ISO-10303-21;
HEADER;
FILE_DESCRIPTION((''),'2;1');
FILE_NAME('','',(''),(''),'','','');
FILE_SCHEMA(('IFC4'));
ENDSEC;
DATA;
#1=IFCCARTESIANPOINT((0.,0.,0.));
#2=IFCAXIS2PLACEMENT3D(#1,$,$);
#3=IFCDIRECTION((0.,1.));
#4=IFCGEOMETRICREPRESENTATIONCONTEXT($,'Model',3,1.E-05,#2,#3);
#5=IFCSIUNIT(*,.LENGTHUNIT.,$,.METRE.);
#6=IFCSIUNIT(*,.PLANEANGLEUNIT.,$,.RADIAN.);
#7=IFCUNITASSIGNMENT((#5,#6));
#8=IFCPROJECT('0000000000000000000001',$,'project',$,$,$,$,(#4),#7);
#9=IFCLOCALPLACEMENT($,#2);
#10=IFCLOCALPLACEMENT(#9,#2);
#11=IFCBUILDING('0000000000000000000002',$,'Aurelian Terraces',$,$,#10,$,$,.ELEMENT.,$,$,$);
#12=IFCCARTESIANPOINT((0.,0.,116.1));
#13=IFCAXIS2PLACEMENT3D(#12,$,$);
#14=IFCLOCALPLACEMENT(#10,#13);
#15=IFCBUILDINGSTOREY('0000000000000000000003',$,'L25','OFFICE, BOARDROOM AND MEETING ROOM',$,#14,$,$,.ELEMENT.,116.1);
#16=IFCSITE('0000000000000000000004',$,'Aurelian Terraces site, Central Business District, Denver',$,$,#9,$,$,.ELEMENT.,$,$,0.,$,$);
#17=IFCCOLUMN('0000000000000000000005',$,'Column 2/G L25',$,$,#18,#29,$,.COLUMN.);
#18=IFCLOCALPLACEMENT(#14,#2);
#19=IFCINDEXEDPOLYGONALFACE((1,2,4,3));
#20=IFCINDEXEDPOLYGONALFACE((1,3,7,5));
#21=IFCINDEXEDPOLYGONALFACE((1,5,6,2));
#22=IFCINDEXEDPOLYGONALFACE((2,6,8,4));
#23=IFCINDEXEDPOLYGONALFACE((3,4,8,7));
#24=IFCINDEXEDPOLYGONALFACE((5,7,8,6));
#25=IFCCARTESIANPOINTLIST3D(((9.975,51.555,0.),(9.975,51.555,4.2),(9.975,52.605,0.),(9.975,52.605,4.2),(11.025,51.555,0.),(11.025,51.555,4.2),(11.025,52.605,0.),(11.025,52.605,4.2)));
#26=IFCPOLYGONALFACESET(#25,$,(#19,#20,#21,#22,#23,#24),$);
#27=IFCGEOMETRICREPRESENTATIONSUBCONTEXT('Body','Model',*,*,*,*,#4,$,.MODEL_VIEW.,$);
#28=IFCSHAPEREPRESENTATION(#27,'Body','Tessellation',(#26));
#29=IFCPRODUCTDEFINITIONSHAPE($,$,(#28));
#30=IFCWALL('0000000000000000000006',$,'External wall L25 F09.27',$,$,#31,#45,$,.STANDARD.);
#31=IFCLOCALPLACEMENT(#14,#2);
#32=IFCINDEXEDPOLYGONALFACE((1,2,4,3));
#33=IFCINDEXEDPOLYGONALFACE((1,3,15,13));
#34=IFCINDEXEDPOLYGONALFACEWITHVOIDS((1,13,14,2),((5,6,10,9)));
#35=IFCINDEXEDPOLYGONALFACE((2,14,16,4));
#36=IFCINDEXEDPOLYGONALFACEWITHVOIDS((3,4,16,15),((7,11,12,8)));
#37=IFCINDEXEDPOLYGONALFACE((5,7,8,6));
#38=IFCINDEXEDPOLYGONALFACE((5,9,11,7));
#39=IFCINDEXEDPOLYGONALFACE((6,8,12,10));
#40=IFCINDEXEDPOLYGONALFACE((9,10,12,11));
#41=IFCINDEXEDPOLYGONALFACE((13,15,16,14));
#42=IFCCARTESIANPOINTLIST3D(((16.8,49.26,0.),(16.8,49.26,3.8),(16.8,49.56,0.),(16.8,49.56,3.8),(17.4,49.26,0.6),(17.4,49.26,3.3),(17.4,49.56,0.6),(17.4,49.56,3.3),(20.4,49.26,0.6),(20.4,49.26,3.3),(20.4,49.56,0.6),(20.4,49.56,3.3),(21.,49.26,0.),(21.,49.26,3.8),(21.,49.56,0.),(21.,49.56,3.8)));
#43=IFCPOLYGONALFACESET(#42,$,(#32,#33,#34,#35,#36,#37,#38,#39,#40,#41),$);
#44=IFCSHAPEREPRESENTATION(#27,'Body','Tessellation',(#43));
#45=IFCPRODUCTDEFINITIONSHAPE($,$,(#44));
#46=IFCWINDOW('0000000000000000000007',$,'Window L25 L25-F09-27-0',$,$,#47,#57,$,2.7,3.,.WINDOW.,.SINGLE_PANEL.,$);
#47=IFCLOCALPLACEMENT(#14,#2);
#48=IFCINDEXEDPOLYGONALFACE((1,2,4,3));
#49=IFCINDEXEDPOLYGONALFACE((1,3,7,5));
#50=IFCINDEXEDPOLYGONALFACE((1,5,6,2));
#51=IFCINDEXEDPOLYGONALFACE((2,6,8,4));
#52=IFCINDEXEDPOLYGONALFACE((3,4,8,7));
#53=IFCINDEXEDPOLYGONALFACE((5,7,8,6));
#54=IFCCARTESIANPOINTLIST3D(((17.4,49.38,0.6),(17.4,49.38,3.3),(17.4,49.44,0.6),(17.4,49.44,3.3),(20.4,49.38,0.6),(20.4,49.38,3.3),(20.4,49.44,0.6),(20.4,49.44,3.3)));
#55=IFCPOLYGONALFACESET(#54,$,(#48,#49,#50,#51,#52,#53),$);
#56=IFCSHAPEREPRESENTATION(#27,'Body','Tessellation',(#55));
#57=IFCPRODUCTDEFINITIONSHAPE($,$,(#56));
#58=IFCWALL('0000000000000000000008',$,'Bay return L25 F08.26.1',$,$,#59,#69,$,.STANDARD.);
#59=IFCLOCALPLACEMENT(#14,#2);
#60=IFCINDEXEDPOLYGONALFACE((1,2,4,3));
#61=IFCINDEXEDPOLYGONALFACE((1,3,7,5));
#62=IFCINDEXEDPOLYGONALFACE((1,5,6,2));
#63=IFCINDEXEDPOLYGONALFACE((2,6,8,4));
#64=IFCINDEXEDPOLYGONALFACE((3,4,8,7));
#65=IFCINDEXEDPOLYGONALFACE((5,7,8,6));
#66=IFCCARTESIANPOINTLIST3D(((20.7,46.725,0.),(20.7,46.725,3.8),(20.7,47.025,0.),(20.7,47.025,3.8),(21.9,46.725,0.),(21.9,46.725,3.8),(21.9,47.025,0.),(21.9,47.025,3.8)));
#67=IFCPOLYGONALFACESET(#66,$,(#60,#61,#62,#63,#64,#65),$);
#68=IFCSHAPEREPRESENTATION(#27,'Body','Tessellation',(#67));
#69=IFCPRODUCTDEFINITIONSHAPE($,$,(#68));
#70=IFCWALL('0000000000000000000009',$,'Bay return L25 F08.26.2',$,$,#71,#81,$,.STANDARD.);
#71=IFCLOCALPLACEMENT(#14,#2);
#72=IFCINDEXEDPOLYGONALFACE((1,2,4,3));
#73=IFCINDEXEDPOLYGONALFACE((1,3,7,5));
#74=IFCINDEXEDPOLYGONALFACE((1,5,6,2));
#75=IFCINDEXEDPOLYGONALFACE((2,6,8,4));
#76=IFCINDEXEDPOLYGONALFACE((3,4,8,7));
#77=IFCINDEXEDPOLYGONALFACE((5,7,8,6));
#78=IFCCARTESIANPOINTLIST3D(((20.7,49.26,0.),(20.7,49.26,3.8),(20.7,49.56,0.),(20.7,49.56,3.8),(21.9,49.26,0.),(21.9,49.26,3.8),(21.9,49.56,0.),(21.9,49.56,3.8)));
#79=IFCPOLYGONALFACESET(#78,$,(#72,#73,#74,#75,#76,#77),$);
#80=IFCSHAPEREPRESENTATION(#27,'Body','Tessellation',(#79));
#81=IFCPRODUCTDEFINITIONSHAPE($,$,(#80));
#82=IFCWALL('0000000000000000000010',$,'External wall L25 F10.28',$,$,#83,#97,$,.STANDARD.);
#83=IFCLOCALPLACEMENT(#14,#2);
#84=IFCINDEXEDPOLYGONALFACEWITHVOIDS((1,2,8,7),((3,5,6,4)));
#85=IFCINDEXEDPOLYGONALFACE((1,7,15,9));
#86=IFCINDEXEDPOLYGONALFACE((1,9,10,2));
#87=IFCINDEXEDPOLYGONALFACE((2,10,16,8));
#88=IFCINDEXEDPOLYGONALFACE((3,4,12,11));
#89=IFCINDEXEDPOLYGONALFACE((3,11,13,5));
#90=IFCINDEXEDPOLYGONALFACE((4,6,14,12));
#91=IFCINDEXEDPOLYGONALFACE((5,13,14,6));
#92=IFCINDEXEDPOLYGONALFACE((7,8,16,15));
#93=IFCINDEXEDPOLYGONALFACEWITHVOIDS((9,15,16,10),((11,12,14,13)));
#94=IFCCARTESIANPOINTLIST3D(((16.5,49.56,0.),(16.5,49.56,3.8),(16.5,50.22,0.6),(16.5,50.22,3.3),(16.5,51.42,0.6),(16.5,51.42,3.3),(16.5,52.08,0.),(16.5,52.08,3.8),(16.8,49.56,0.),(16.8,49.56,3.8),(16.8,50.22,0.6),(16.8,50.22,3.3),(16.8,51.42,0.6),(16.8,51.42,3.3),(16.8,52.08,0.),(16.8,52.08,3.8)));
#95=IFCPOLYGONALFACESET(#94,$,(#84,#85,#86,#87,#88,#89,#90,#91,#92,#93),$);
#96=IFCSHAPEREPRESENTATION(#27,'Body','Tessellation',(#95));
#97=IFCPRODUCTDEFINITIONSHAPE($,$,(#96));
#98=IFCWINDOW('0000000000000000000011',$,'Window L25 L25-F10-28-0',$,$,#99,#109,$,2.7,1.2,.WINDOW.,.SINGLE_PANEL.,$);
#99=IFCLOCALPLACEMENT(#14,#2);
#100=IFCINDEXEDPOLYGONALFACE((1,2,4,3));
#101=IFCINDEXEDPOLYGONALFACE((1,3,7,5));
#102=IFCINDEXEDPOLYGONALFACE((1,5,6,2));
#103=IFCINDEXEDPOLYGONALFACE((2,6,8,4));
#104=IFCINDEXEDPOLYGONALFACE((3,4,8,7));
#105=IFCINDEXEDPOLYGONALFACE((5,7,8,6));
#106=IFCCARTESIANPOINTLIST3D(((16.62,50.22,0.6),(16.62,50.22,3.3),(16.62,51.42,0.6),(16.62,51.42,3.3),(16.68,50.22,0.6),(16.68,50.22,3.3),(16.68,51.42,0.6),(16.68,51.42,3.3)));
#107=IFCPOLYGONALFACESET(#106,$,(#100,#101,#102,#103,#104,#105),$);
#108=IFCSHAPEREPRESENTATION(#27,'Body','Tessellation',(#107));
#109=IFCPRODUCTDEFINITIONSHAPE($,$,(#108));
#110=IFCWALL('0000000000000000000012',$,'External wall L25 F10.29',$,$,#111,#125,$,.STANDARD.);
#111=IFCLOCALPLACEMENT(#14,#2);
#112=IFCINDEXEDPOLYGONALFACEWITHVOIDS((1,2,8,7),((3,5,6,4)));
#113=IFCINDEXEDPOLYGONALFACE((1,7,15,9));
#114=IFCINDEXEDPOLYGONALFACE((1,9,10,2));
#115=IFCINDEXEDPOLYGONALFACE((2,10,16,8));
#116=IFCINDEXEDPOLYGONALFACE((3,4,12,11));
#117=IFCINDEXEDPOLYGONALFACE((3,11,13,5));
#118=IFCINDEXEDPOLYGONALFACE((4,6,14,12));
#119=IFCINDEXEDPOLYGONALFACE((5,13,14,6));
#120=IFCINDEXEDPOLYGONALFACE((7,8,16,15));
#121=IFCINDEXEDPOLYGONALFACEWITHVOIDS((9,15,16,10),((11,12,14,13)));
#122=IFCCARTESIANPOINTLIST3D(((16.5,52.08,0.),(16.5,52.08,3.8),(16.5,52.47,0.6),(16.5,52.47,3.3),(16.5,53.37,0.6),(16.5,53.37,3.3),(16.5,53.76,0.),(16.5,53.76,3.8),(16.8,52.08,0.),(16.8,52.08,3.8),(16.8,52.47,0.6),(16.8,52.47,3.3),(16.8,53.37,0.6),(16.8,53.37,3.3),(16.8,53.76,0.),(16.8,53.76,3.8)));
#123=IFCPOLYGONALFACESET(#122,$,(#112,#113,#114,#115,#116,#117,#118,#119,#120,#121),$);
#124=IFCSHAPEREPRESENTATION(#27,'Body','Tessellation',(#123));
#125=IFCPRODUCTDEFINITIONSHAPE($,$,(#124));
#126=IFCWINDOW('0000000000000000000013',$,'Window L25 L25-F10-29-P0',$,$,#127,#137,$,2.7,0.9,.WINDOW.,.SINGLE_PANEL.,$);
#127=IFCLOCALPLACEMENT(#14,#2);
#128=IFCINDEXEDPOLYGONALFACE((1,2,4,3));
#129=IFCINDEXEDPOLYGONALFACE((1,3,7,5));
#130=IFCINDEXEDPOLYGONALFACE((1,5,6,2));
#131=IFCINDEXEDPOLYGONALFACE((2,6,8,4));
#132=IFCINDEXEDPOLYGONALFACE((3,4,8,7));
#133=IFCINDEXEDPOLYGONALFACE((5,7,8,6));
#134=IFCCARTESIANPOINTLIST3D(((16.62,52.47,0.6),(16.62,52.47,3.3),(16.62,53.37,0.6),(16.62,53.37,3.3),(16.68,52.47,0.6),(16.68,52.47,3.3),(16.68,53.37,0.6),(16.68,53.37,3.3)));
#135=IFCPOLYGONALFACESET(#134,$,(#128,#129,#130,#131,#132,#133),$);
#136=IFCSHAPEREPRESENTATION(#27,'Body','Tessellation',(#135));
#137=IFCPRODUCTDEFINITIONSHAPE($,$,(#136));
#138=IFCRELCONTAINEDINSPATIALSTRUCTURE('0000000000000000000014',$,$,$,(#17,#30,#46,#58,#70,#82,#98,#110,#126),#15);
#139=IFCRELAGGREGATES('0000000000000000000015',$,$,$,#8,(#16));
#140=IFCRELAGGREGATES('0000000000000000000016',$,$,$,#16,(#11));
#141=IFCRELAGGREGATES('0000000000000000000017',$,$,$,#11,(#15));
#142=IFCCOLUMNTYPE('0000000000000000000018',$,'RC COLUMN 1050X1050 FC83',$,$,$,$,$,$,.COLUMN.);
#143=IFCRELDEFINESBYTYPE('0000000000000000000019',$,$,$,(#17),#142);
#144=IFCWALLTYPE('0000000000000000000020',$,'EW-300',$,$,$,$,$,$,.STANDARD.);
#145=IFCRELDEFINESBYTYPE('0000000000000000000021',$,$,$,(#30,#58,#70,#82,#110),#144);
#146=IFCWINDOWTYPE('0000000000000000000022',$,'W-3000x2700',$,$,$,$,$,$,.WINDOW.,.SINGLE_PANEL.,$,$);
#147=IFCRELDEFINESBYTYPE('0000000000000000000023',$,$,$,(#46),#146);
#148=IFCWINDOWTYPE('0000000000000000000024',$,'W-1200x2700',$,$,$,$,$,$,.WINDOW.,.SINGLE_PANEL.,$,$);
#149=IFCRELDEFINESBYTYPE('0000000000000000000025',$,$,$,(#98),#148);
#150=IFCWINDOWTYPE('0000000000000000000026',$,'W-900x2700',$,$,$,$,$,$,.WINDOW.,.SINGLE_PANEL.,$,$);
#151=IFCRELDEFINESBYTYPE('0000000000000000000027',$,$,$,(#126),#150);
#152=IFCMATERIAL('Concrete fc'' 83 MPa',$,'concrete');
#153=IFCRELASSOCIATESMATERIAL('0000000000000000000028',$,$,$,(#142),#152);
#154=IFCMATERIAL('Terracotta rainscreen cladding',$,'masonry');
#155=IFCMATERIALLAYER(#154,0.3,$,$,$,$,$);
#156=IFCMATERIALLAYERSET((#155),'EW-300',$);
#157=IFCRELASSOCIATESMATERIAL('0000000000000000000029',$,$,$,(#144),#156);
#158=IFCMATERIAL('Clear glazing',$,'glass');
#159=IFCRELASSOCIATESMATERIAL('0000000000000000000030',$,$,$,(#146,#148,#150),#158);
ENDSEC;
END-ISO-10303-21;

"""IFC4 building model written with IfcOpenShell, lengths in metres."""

from ifc_helpers import new_model, si_unit, direction, frame, frame_2d, origin, origin_2d, place, context, subcontext, project, spatial, rectangle, extrude, source, transform, mapped, material, layer, layer_set, material_profile, profile_set, type_object, element, fill, save


model = new_model("IFC4")

# Units and contexts
model_context = context("Model", 3, precision=1e-05, world=origin(), true_north=direction((0.0, 1.0)))
body_context = subcontext(model_context, "Body", "Model", "MODEL_VIEW")
ifc_project = project(units=[si_unit("LENGTHUNIT", "METRE"), si_unit("PLANEANGLEUNIT", "RADIAN")], contexts=[model_context])

# Site, building, storey
site_placement = place(None, origin())
site = spatial("IfcSite", under=ifc_project, at=site_placement, Name="Aurelian Terraces site, Central Business District, Denver", CompositionType="ELEMENT", RefElevation=0.0)
building_placement = place(site_placement, origin())
building = spatial("IfcBuilding", under=site, at=building_placement, Name="Aurelian Terraces", CompositionType="ELEMENT")
storey_placement = place(building_placement, frame((0.0, 0.0, 116.1)))
storey = spatial("IfcBuildingStorey", under=building, at=storey_placement, Name="L25", Description="OFFICE, BOARDROOM AND MEETING ROOM", CompositionType="ELEMENT", Elevation=116.1)

# Column
ifc_material_1 = material(Name="Concrete fc' 83 MPa", Category="concrete")
ifc_material_profile = material_profile(ifc_material_1, rectangle(XDim=1.05, YDim=1.05, at=origin_2d()))
ifc_profile_set = profile_set([ifc_material_profile], Name="Concrete fc' 83 MPa")
column_type = type_object("IfcColumnType", Name="RC COLUMN 1050X1050 FC83", PredefinedType="COLUMN", material=ifc_profile_set)
shared_shape_1 = source(origin(), body_context, "Body", "SweptSolid", [
    extrude(rectangle(XDim=1.05, YDim=1.05, at=origin_2d()), origin(), (0.0, 0.0, 1.0), 4.2),
])
column_placement = place(storey_placement, frame((10.5, 52.08, 0.0), z_axis=(0.0, 0.0, 1.0), x_axis=(1.0, 0.0, 0.0)))
element("IfcColumn", 1, at=column_placement, inside=storey, type_object=column_type, Name="Column 2/G L25", PredefinedType="COLUMN", context=body_context, shape_type="MappedRepresentation", body=[
    mapped(shared_shape_1, transform((0.0, 0.0, 0.0), scale=1.0)),
])

# Wall, opening, window
ifc_material_2 = material(Name="Terracotta rainscreen cladding", Category="masonry")
ifc_layer_1 = layer(ifc_material_2, 0.3)
ifc_layer_set_1 = layer_set([ifc_layer_1], Name="EW-300")
wall_type_1 = type_object("IfcWallType", Name="EW-300", PredefinedType="STANDARD", material=ifc_layer_set_1)
shared_shape_2 = source(origin(), body_context, "Body", "SweptSolid", [
    extrude(rectangle(XDim=4.2, YDim=0.3, at=frame_2d((2.1, 0.0))), origin(), (0.0, 0.0, 1.0), 3.8),
])
wall_1_placement = place(storey_placement, frame((21.0, 49.41, 0.0), z_axis=(0.0, 0.0, 1.0), x_axis=(-1.0, 0.0, 0.0)))
wall_1 = element("IfcWall", 2, at=wall_1_placement, inside=storey, type_object=wall_type_1, Name="External wall L25 F09.27", PredefinedType="STANDARD", context=body_context, shape_type="MappedRepresentation", body=[
    mapped(shared_shape_2, transform((0.0, 0.0, 0.0), scale=1.0)),
])
shared_shape_3 = source(origin(), body_context, "Body", "SweptSolid", [
    extrude(rectangle(XDim=3.0, YDim=2.7, at=frame_2d((1.5, 1.35))), frame((0.0, 0.16, 0.0), z_axis=(0.0, -1.0, 0.0), x_axis=(1.0, 0.0, 0.0)), (0.0, 0.0, 1.0), 0.32),
])
opening_1_placement = place(wall_1_placement, frame((0.6, 0.0, 0.6)))
opening_1 = element("IfcOpeningElement", 3, at=opening_1_placement, cuts=wall_1, PredefinedType="OPENING", context=body_context, shape_type="MappedRepresentation", body=[
    mapped(shared_shape_3, transform((0.0, 0.0, 0.0), scale=1.0)),
])
ifc_material_3 = material(Name="Clear glazing", Category="glass")
window_type_1 = type_object("IfcWindowType", Name="W-3000x2700", PartitioningType="SINGLE_PANEL", PredefinedType="WINDOW", material=ifc_material_3)
shared_shape_4 = source(origin(), body_context, "Body", "SweptSolid", [
    extrude(rectangle(XDim=3.0, YDim=2.7, at=frame_2d((1.5, 1.35))), frame((0.0, 0.03, 0.0), z_axis=(0.0, -1.0, 0.0), x_axis=(1.0, 0.0, 0.0)), (0.0, 0.0, 1.0), 0.06),
])
window_1_placement = place(opening_1_placement, origin())
window_1 = element("IfcWindow", 4, at=window_1_placement, inside=storey, type_object=window_type_1, Name="Window L25 L25-F09-27-0", OverallHeight=2.7, OverallWidth=3.0, PartitioningType="SINGLE_PANEL", PredefinedType="WINDOW", context=body_context, shape_type="MappedRepresentation", body=[
    mapped(shared_shape_4, transform((0.0, 0.0, 0.0), scale=1.0)),
])
fill(opening_1, window_1)

# Walls
shared_shape_5 = source(origin(), body_context, "Body", "SweptSolid", [
    extrude(rectangle(XDim=1.2, YDim=0.3, at=frame_2d((0.6, 0.0))), origin(), (0.0, 0.0, 1.0), 3.8),
])
for number, where, z_axis, x_axis, name in (
    (5, (20.7, 46.875, 0.0), (0.0, 0.0, 1.0), (1.0, 0.0, 0.0), "Bay return L25 F08.26.1"),
    (6, (20.7, 49.41, 0.0), (0.0, 0.0, 1.0), (1.0, 0.0, 0.0), "Bay return L25 F08.26.2"),
):
    element("IfcWall", number, at=place(storey_placement, frame(where, z_axis=z_axis, x_axis=x_axis)), inside=storey, type_object=wall_type_1, Name=name, PredefinedType="STANDARD", context=body_context, shape_type="MappedRepresentation", body=[
        mapped(shared_shape_5, transform((0.0, 0.0, 0.0), scale=1.0)),
    ])

# Walls, openings, windows
shared_shape_6 = source(origin(), body_context, "Body", "SweptSolid", [
    extrude(rectangle(XDim=2.52, YDim=0.3, at=frame_2d((1.26, 0.0))), origin(), (0.0, 0.0, 1.0), 3.8),
])
wall_2_placement = place(storey_placement, frame((16.65, 49.56, 0.0), z_axis=(0.0, 0.0, 1.0), x_axis=(0.0, 1.0, 0.0)))
wall_2 = element("IfcWall", 7, at=wall_2_placement, inside=storey, type_object=wall_type_1, Name="External wall L25 F10.28", PredefinedType="STANDARD", context=body_context, shape_type="MappedRepresentation", body=[
    mapped(shared_shape_6, transform((0.0, 0.0, 0.0), scale=1.0)),
])
shared_shape_7 = source(origin(), body_context, "Body", "SweptSolid", [
    extrude(rectangle(XDim=1.2, YDim=2.7, at=frame_2d((0.6, 1.35))), frame((0.0, 0.16, 0.0), z_axis=(0.0, -1.0, 0.0), x_axis=(1.0, 0.0, 0.0)), (0.0, 0.0, 1.0), 0.32),
])
opening_2_placement = place(wall_2_placement, frame((0.66, 0.0, 0.6)))
opening_2 = element("IfcOpeningElement", 8, at=opening_2_placement, cuts=wall_2, PredefinedType="OPENING", context=body_context, shape_type="MappedRepresentation", body=[
    mapped(shared_shape_7, transform((0.0, 0.0, 0.0), scale=1.0)),
])
window_type_2 = type_object("IfcWindowType", Name="W-1200x2700", PartitioningType="SINGLE_PANEL", PredefinedType="WINDOW", material=ifc_material_3)
shared_shape_8 = source(origin(), body_context, "Body", "SweptSolid", [
    extrude(rectangle(XDim=1.2, YDim=2.7, at=frame_2d((0.6, 1.35))), frame((0.0, 0.03, 0.0), z_axis=(0.0, -1.0, 0.0), x_axis=(1.0, 0.0, 0.0)), (0.0, 0.0, 1.0), 0.06),
])
window_2_placement = place(opening_2_placement, origin())
window_2 = element("IfcWindow", 9, at=window_2_placement, inside=storey, type_object=window_type_2, Name="Window L25 L25-F10-28-0", OverallHeight=2.7, OverallWidth=1.2, PartitioningType="SINGLE_PANEL", PredefinedType="WINDOW", context=body_context, shape_type="MappedRepresentation", body=[
    mapped(shared_shape_8, transform((0.0, 0.0, 0.0), scale=1.0)),
])
fill(opening_2, window_2)
shared_shape_9 = source(origin(), body_context, "Body", "SweptSolid", [
    extrude(rectangle(XDim=1.68, YDim=0.3, at=frame_2d((0.84, 0.0))), origin(), (0.0, 0.0, 1.0), 3.8),
])
wall_3_placement = place(storey_placement, frame((16.65, 52.08, 0.0), z_axis=(0.0, 0.0, 1.0), x_axis=(0.0, 1.0, 0.0)))
wall_3 = element("IfcWall", 10, at=wall_3_placement, inside=storey, type_object=wall_type_1, Name="External wall L25 F10.29", PredefinedType="STANDARD", context=body_context, shape_type="MappedRepresentation", body=[
    mapped(shared_shape_9, transform((0.0, 0.0, 0.0), scale=1.0)),
])
shared_shape_10 = source(origin(), body_context, "Body", "SweptSolid", [
    extrude(rectangle(XDim=0.9, YDim=2.7, at=frame_2d((0.45, 1.35))), frame((0.0, 0.16, 0.0), z_axis=(0.0, -1.0, 0.0), x_axis=(1.0, 0.0, 0.0)), (0.0, 0.0, 1.0), 0.32),
])
opening_3_placement = place(wall_3_placement, frame((0.39, 0.0, 0.6)))
opening_3 = element("IfcOpeningElement", 11, at=opening_3_placement, cuts=wall_3, PredefinedType="OPENING", context=body_context, shape_type="MappedRepresentation", body=[
    mapped(shared_shape_10, transform((0.0, 0.0, 0.0), scale=1.0)),
])
window_type_3 = type_object("IfcWindowType", Name="W-900x2700", PartitioningType="SINGLE_PANEL", PredefinedType="WINDOW", material=ifc_material_3)
shared_shape_11 = source(origin(), body_context, "Body", "SweptSolid", [
    extrude(rectangle(XDim=0.9, YDim=2.7, at=frame_2d((0.45, 1.35))), frame((0.0, 0.03, 0.0), z_axis=(0.0, -1.0, 0.0), x_axis=(1.0, 0.0, 0.0)), (0.0, 0.0, 1.0), 0.06),
])
window_3_placement = place(opening_3_placement, origin())
window_3 = element("IfcWindow", 12, at=window_3_placement, inside=storey, type_object=window_type_3, Name="Window L25 L25-F10-29-P0", OverallHeight=2.7, OverallWidth=0.9, PartitioningType="SINGLE_PANEL", PredefinedType="WINDOW", context=body_context, shape_type="MappedRepresentation", body=[
    mapped(shared_shape_11, transform((0.0, 0.0, 0.0), scale=1.0)),
])
fill(opening_3, window_3)

save(model, "model.ifc")
